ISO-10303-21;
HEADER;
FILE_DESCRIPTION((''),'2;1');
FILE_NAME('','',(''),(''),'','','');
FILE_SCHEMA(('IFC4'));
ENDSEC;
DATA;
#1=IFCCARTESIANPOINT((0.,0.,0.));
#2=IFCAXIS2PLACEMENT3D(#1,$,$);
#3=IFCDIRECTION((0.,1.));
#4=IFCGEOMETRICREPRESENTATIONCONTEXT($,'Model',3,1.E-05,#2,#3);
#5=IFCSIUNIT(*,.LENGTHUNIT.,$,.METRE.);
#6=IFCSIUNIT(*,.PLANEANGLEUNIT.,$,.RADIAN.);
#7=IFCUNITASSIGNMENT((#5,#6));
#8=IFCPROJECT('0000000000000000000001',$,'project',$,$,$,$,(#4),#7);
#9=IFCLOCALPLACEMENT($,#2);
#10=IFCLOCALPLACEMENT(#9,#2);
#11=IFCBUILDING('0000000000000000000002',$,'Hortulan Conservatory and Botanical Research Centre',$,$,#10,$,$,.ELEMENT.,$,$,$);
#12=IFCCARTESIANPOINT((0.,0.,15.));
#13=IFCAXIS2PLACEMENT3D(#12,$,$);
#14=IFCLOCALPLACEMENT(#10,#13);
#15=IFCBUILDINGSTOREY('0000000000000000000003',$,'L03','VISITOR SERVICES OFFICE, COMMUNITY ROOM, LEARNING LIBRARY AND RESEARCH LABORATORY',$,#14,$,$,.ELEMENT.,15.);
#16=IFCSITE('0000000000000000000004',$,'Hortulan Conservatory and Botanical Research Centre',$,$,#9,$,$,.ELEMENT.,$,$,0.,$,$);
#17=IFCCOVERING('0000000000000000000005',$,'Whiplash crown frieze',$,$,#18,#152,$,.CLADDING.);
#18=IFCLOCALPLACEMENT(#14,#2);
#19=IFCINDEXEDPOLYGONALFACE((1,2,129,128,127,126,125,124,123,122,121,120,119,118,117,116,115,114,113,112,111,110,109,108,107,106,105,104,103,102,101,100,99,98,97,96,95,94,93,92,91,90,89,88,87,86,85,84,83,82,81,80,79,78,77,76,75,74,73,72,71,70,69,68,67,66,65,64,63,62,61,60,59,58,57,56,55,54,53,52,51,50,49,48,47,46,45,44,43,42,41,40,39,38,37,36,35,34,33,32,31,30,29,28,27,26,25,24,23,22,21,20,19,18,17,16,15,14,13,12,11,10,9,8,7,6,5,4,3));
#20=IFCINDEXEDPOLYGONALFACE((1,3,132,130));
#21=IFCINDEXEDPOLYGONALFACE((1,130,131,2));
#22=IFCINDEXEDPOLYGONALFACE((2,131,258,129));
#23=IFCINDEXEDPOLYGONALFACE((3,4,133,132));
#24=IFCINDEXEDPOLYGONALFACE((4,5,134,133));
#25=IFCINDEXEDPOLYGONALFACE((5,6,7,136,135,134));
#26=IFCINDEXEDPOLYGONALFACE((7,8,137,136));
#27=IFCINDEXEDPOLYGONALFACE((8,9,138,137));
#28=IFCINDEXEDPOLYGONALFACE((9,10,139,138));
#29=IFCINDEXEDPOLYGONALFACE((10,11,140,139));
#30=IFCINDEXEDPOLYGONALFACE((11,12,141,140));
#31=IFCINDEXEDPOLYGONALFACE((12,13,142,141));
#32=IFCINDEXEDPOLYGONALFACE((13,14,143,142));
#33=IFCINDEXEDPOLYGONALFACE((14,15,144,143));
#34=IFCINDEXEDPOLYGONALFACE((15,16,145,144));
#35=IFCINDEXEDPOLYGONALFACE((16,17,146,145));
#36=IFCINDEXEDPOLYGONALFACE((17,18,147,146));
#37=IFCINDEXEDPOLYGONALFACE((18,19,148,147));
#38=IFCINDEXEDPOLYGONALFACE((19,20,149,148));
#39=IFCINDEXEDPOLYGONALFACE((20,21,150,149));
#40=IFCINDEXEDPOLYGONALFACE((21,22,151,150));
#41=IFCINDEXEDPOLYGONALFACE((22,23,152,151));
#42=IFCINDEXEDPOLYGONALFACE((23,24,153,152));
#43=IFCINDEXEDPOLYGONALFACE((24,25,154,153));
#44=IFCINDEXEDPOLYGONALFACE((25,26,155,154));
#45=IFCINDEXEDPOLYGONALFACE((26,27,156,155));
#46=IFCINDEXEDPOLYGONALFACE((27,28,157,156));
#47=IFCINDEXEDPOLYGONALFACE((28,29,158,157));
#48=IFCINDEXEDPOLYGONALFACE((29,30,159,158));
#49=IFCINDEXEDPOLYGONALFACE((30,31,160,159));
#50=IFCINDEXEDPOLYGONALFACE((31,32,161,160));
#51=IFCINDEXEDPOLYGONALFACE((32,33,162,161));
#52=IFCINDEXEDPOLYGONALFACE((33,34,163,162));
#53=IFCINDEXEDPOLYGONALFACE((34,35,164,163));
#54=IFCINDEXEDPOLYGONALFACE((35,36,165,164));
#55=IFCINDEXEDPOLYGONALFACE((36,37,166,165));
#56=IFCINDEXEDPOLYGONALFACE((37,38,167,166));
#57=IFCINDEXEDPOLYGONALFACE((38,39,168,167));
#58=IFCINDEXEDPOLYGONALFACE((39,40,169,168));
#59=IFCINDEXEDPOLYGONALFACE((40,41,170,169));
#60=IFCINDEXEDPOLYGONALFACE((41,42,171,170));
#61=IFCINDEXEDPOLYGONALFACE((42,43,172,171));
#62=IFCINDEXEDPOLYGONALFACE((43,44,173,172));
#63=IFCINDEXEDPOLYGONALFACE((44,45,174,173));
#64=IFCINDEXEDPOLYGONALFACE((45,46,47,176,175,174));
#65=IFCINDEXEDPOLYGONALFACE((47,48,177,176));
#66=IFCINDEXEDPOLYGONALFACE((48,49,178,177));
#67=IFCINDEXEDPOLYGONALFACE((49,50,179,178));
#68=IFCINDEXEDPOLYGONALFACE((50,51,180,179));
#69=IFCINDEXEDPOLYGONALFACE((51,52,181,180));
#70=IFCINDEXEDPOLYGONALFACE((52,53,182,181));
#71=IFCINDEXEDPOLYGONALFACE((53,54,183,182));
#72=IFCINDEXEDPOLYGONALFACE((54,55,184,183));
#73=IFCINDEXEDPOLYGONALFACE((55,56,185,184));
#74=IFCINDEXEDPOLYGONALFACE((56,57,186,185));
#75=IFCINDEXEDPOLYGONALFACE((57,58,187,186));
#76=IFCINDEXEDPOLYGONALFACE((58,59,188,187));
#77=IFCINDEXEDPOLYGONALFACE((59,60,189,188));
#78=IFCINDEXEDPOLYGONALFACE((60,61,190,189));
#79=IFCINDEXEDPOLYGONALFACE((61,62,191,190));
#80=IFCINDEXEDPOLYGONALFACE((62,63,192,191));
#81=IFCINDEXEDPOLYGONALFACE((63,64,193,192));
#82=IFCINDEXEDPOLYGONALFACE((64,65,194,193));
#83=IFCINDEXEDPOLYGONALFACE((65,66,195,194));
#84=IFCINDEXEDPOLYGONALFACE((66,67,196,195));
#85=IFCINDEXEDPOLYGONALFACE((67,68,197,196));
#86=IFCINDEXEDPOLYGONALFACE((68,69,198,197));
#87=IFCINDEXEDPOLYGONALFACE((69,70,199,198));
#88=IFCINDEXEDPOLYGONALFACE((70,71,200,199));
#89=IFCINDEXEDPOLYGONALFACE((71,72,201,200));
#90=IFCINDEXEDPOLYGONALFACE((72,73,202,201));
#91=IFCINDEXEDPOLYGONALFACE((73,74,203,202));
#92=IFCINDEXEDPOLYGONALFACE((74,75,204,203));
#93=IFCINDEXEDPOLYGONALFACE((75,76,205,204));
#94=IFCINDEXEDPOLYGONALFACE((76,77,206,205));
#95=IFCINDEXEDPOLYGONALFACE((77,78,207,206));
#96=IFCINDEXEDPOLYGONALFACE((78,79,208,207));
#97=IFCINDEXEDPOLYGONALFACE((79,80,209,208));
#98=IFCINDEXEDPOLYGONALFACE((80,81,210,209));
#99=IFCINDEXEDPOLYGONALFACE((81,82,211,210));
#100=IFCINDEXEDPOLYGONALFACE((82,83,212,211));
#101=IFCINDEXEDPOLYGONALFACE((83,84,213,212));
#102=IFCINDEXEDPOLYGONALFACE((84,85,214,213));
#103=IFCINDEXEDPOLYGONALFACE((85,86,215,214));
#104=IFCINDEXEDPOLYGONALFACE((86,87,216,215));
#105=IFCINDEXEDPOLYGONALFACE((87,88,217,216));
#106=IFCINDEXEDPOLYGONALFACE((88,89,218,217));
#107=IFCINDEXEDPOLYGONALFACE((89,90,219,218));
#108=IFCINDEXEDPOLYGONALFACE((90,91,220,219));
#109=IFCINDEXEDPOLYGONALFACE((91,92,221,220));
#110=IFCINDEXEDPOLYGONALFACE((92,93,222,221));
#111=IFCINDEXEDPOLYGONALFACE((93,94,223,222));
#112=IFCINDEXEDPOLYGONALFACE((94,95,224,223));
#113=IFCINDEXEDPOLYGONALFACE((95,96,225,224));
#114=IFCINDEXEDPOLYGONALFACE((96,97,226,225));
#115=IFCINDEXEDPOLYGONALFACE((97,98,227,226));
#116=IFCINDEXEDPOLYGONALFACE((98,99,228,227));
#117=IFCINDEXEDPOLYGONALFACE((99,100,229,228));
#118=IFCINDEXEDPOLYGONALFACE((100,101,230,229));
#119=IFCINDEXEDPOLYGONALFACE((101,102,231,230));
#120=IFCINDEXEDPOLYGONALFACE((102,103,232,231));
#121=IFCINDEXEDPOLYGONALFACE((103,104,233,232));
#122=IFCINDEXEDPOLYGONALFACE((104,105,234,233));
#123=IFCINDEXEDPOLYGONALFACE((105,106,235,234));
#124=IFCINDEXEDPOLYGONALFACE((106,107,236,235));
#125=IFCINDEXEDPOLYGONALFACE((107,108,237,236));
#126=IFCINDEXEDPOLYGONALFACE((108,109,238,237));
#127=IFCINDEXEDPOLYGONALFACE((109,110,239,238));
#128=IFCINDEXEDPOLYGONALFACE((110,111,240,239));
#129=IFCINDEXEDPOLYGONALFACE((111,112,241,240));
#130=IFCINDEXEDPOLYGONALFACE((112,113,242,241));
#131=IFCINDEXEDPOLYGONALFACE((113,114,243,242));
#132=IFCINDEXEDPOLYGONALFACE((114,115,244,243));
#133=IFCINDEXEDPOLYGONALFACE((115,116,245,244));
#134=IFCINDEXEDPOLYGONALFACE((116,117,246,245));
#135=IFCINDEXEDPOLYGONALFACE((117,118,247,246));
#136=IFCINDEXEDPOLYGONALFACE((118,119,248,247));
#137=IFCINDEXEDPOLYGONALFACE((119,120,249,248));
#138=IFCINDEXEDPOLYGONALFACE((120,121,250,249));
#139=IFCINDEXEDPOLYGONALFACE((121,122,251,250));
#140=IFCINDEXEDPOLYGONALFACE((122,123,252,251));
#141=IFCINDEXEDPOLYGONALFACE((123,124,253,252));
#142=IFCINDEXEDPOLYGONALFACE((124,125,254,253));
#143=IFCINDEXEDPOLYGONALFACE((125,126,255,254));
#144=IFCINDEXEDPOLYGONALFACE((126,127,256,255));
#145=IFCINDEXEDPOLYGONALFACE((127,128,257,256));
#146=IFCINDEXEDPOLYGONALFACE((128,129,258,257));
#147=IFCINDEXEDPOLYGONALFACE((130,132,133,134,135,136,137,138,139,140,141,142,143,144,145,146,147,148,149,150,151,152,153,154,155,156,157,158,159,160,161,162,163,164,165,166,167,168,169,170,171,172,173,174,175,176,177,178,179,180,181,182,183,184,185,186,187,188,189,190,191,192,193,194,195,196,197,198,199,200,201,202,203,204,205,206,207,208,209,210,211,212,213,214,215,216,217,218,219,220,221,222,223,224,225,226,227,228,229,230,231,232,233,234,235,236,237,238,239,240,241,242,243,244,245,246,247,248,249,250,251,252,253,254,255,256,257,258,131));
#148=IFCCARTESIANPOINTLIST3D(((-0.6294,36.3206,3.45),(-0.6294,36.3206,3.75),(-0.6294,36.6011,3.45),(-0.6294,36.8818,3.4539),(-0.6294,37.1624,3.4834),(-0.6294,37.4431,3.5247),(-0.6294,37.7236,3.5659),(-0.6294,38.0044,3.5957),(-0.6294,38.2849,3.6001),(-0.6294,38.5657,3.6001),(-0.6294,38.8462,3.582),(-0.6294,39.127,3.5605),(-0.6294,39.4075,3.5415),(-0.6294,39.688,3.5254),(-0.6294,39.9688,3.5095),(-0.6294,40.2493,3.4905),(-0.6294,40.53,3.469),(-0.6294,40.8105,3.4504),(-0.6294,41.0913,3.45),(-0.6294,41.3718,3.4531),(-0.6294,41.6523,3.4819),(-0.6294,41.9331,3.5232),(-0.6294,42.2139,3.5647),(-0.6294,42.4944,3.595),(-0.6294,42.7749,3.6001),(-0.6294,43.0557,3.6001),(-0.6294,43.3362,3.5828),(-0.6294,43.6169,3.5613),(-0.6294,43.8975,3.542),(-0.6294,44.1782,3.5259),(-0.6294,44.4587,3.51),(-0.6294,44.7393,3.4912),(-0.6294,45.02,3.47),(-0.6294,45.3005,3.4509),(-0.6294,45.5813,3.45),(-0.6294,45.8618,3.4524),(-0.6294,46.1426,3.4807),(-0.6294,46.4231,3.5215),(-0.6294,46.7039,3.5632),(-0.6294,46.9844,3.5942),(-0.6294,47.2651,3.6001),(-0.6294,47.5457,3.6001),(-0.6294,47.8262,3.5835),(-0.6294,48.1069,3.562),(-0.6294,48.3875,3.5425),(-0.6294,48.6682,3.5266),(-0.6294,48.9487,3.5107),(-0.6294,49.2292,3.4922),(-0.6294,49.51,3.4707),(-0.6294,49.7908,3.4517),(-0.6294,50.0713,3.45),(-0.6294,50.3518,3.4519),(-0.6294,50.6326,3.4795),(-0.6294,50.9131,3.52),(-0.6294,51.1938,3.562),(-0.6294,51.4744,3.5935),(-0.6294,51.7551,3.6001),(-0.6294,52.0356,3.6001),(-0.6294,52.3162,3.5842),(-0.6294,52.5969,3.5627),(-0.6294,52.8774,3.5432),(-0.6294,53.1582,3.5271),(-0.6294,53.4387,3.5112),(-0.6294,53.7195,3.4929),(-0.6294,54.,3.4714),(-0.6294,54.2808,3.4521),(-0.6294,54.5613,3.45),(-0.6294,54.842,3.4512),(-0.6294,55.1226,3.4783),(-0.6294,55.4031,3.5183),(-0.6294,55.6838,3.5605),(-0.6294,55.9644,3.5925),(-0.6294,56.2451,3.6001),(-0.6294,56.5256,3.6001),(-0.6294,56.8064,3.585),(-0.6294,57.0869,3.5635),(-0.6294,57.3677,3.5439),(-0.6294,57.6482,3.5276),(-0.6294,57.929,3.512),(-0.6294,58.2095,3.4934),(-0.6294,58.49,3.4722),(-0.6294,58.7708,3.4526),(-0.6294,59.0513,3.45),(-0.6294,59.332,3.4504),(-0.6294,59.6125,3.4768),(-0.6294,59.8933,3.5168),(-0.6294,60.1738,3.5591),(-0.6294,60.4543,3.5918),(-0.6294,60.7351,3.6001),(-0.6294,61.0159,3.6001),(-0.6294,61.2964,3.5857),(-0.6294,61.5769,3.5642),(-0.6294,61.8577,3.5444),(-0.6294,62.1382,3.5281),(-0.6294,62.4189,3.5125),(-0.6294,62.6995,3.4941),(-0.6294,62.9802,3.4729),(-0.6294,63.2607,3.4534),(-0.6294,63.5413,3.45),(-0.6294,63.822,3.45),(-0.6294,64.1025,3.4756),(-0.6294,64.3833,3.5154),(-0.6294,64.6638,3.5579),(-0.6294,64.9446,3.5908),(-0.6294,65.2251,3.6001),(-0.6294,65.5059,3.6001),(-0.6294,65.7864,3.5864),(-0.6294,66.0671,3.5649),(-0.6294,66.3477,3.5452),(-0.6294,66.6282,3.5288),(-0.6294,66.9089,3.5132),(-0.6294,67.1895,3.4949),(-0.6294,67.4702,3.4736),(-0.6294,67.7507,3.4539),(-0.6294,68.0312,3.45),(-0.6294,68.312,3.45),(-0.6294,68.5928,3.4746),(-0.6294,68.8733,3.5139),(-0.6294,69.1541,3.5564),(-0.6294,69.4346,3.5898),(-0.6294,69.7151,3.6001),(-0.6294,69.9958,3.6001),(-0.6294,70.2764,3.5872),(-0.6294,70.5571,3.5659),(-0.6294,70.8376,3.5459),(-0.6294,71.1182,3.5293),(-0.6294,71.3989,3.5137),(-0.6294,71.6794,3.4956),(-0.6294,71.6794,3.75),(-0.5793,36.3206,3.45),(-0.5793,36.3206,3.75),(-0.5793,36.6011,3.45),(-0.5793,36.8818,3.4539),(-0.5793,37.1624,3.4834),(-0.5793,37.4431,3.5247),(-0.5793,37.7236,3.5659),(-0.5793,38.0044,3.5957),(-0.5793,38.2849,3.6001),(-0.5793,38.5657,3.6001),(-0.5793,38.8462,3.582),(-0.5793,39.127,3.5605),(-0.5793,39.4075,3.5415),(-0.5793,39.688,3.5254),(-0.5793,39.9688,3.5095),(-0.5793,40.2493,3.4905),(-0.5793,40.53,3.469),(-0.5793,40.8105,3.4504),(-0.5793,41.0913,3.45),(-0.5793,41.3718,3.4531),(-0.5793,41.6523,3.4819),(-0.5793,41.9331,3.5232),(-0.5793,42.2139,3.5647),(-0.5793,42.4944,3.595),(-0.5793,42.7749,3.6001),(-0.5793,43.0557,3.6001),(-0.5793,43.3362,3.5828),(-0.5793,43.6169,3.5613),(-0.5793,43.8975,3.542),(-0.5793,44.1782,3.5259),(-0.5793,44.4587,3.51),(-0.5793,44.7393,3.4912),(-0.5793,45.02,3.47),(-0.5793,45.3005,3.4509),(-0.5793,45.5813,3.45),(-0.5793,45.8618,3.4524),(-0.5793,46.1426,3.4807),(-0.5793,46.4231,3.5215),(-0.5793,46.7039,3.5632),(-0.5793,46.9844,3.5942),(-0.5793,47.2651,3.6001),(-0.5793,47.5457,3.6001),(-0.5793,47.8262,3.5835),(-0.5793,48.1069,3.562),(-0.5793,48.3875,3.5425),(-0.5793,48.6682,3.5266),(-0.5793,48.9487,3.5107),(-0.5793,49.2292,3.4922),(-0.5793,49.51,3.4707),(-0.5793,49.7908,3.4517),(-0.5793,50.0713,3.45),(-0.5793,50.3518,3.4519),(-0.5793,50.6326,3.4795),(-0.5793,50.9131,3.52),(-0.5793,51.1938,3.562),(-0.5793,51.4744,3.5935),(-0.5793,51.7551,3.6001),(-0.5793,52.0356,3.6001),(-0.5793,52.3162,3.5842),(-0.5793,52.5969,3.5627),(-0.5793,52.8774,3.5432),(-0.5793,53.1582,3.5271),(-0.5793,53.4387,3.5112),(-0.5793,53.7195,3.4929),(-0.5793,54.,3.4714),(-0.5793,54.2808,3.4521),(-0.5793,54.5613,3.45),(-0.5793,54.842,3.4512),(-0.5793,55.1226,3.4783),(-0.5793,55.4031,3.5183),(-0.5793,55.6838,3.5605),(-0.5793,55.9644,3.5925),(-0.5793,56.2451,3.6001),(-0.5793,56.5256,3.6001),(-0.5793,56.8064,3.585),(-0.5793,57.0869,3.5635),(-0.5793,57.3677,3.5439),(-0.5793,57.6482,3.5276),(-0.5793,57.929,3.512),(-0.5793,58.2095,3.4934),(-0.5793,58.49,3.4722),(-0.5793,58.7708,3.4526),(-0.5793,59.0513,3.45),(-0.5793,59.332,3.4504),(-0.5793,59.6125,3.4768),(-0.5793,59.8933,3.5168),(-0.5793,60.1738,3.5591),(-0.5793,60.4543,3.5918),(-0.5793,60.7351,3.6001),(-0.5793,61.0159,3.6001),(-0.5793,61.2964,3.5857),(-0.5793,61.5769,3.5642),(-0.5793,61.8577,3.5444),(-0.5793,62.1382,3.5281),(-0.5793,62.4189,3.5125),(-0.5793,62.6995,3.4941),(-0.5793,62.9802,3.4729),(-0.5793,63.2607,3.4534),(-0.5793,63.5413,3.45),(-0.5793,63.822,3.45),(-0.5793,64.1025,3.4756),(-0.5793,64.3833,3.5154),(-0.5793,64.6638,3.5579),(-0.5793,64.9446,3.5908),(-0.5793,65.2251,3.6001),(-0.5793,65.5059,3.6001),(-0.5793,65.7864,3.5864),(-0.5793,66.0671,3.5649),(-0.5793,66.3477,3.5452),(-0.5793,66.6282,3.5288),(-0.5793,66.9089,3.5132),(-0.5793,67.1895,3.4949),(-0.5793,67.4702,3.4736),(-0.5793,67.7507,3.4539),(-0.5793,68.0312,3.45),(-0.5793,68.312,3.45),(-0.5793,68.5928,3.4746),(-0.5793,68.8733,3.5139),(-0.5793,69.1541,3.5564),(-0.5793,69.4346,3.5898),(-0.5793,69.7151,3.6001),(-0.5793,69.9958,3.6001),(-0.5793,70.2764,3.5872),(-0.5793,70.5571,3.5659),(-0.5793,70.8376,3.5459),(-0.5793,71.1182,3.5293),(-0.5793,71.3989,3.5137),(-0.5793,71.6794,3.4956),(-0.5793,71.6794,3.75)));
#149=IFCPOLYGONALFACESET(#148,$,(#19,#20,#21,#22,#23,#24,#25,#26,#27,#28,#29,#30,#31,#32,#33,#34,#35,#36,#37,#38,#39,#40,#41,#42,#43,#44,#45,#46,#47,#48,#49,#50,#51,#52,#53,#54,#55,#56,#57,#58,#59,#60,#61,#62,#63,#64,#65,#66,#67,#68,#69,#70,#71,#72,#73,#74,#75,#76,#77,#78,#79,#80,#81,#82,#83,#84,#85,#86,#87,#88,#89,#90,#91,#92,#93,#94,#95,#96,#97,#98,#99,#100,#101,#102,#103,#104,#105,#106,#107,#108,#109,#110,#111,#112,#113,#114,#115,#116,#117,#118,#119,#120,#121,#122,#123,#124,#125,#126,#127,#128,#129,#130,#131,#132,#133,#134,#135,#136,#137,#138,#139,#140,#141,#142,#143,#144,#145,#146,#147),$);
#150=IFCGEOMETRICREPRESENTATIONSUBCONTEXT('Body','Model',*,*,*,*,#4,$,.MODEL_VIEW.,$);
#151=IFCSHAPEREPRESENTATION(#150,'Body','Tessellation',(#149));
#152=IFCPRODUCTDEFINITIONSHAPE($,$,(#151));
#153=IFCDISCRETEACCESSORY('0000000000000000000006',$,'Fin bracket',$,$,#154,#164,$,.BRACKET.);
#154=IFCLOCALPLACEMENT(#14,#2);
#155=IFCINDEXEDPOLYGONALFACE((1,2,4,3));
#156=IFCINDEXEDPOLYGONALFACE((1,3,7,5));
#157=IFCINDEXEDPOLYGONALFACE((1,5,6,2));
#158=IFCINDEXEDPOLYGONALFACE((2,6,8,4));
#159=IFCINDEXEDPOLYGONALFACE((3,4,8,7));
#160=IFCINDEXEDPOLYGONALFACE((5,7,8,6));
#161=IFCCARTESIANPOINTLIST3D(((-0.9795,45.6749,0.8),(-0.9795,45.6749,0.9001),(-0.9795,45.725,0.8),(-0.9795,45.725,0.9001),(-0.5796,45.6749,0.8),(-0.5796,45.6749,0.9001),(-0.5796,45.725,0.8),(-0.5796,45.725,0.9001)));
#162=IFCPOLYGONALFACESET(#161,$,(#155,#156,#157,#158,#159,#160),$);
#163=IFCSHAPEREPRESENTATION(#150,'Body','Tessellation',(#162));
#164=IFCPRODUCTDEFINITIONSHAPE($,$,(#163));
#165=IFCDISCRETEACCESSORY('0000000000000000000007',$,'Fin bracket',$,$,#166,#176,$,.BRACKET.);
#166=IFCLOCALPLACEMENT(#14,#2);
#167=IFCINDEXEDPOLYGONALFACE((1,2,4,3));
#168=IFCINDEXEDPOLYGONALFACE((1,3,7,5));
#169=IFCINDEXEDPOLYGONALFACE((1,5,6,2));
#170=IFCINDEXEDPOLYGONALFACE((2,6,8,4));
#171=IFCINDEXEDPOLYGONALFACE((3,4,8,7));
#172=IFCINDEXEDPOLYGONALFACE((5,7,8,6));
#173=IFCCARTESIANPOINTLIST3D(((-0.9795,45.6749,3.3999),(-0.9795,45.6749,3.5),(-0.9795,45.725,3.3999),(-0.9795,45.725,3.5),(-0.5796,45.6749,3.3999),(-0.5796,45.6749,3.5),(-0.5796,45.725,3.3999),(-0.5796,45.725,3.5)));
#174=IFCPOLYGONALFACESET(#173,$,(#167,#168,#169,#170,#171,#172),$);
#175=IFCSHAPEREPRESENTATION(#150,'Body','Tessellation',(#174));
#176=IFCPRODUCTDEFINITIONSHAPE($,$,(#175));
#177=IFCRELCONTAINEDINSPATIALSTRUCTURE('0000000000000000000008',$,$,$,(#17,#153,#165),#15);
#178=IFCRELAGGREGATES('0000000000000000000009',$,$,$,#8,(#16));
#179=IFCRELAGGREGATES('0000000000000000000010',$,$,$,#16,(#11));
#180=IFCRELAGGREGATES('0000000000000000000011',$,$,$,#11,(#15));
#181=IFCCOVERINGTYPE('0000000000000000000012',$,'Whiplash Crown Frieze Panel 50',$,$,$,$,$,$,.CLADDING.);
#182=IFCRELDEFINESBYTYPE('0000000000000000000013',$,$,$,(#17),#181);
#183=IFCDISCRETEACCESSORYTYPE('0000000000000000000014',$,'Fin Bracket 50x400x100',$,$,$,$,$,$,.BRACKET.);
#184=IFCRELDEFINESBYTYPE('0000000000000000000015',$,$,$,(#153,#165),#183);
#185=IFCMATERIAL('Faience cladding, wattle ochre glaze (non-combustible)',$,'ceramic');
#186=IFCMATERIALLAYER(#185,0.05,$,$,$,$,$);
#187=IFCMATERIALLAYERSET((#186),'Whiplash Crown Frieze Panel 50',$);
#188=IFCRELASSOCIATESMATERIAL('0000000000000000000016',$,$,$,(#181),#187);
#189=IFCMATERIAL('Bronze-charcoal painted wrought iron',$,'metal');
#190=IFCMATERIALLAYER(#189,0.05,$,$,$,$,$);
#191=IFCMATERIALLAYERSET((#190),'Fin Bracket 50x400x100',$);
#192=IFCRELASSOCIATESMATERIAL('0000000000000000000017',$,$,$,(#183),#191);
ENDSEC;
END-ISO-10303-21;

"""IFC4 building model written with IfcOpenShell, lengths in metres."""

from ifc_helpers import new_model, si_unit, direction, frame, origin, origin_2d, place, context, subcontext, project, spatial, polyline, rectangle, outline, extrude, material, layer, layer_set, type_object, element, save


model = new_model("IFC4")

# Units and contexts
model_context = context("Model", 3, precision=1e-05, world=origin(), true_north=direction((0.0, 1.0)))
body_context = subcontext(model_context, "Body", "Model", "MODEL_VIEW")
ifc_project = project(units=[si_unit("LENGTHUNIT", "METRE"), si_unit("PLANEANGLEUNIT", "RADIAN")], contexts=[model_context])

# Site, building, storey
site_placement = place(None, origin())
site = spatial("IfcSite", under=ifc_project, at=site_placement, Name="Hortulan Conservatory and Botanical Research Centre", CompositionType="ELEMENT", RefElevation=0.0)
building_placement = place(site_placement, origin())
building = spatial("IfcBuilding", under=site, at=building_placement, Name="Hortulan Conservatory and Botanical Research Centre", CompositionType="ELEMENT")
storey_placement = place(building_placement, frame((0.0, 0.0, 15.0)))
storey = spatial("IfcBuildingStorey", under=building, at=storey_placement, Name="L03", Description="VISITOR SERVICES OFFICE, COMMUNITY ROOM, LEARNING LIBRARY AND RESEARCH LABORATORY", CompositionType="ELEMENT", Elevation=15.0)

# Covering
ifc_material_1 = material(Name="Faience cladding, wattle ochre glaze (non-combustible)", Category="ceramic")
ifc_layer_1 = layer(ifc_material_1, 0.05)
ifc_layer_set_1 = layer_set([ifc_layer_1], Name="Whiplash Crown Frieze Panel 50")
covering_type_1 = type_object("IfcCoveringType", Name="Whiplash Crown Frieze Panel 50", PredefinedType="CLADDING", material=ifc_layer_set_1)
covering_1_placement = place(storey_placement, frame((-0.6045, 36.3206, 3.45), z_axis=(0.0, 0.0, 1.0), x_axis=(0.0, 1.0, 0.0)))
element("IfcCovering", 1, at=covering_1_placement, inside=storey, type_object=covering_type_1, Name="Whiplash crown frieze", PredefinedType="CLADDING", context=body_context, shape_type="SweptSolid", body=[
    extrude(outline(polyline([(0.0, 0.0), (0.2805, 0.0), (0.5613, 0.0039), (0.8418, 0.0334), (1.1226, 0.0747), (1.4031, 0.116), (1.6838, 0.1458), (1.9644, 0.1501), (2.2451, 0.1501), (2.5256, 0.1321), (2.8064, 0.1106), (3.0869, 0.0916), (3.3674, 0.0754), (3.6482, 0.0596), (3.9287, 0.0405), (4.2095, 0.019), (4.49, 0.0005), (4.7708, 0.0), (5.0513, 0.0032), (5.3318, 0.032), (5.6125, 0.0732), (5.8933, 0.1147), (6.1738, 0.145), (6.4543, 0.1501), (6.7351, 0.1501), (7.0156, 0.1328), (7.2964, 0.1113), (7.5769, 0.092), (7.8577, 0.0759), (8.1382, 0.0601), (8.4187, 0.0413), (8.6995, 0.02), (8.98, 0.001), (9.2607, 0.0), (9.5413, 0.0024), (9.822, 0.0308), (10.1025, 0.0715), (10.3833, 0.1133), (10.6638, 0.1443), (10.9446, 0.1501), (11.2251, 0.1501), (11.5056, 0.1335), (11.7864, 0.1121), (12.0669, 0.0925), (12.3477, 0.0767), (12.6282, 0.0608), (12.9087, 0.0422), (13.1895, 0.0208), (13.4702, 0.0017), (13.7507, 0.0), (14.0312, 0.002), (14.312, 0.0295), (14.5925, 0.0701), (14.8733, 0.1121), (15.1538, 0.1436), (15.4346, 0.1501), (15.7151, 0.1501), (15.9956, 0.1343), (16.2764, 0.1128), (16.5569, 0.0933), (16.8376, 0.0771), (17.1182, 0.0613), (17.3989, 0.043), (17.6794, 0.0215), (17.9602, 0.0022), (18.2407, 0.0), (18.5215, 0.0012), (18.802, 0.0283), (19.0825, 0.0684), (19.3633, 0.1106), (19.6438, 0.1426), (19.9246, 0.1501), (20.2051, 0.1501), (20.4858, 0.135), (20.7664, 0.1135), (21.0471, 0.094), (21.3276, 0.0776), (21.6084, 0.062), (21.8889, 0.0435), (22.1694, 0.0222), (22.4502, 0.0027), (22.7307, 0.0), (23.0115, 0.0005), (23.292, 0.0269), (23.5728, 0.0669), (23.8533, 0.1091), (24.1338, 0.1418), (24.4146, 0.1501), (24.6953, 0.1501), (24.9758, 0.1357), (25.2563, 0.1143), (25.5371, 0.0945), (25.8176, 0.0781), (26.0984, 0.0625), (26.3789, 0.0442), (26.6597, 0.0229), (26.9402, 0.0034), (27.2207, 0.0), (27.5015, 0.0), (27.782, 0.0256), (28.0627, 0.0654), (28.3433, 0.1079), (28.624, 0.1409), (28.9045, 0.1501), (29.1853, 0.1501), (29.4658, 0.1365), (29.7466, 0.115), (30.0271, 0.0952), (30.3076, 0.0789), (30.5884, 0.0632), (30.8689, 0.0449), (31.1497, 0.0237), (31.4302, 0.0039), (31.7107, 0.0), (31.9915, 0.0), (32.2722, 0.0247), (32.5527, 0.064), (32.8335, 0.1064), (33.114, 0.1399), (33.3945, 0.1501), (33.6753, 0.1501), (33.9558, 0.1372), (34.2366, 0.116), (34.5171, 0.0959), (34.7976, 0.0793), (35.0784, 0.0637), (35.3589, 0.0457), (35.3589, 0.3), (0.0, 0.3), (0.0, 0.0)])), frame((0.0, 0.0249, 0.0), z_axis=(0.0, -1.0, 0.0), x_axis=(1.0, 0.0, 0.0)), (0.0, 0.0, 1.0), 0.05),
])

# Discrete accessories
ifc_material_2 = material(Name="Bronze-charcoal painted wrought iron", Category="metal")
ifc_layer_2 = layer(ifc_material_2, 0.05)
ifc_layer_set_2 = layer_set([ifc_layer_2], Name="Fin Bracket 50x400x100")
discrete_accessory_type = type_object("IfcDiscreteAccessoryType", Name="Fin Bracket 50x400x100", PredefinedType="BRACKET", material=ifc_layer_set_2)
for number, where, z_axis, x_axis, name in (
    (2, (-0.7795, 45.7, 0.8), (0.0, 0.0, 1.0), (0.0, 1.0, 0.0), "Fin bracket"),
    (3, (-0.7795, 45.7, 3.3999), (0.0, 0.0, 1.0), (0.0, 1.0, 0.0), "Fin bracket"),
):
    element("IfcDiscreteAccessory", number, at=place(storey_placement, frame(where, z_axis=z_axis, x_axis=x_axis)), inside=storey, type_object=discrete_accessory_type, Name=name, PredefinedType="BRACKET", context=body_context, shape_type="SweptSolid", body=[
        extrude(rectangle(XDim=0.05, YDim=0.3999, at=origin_2d()), origin(), (0.0, 0.0, 1.0), 0.1001),
    ])

save(model, "model.ifc")
